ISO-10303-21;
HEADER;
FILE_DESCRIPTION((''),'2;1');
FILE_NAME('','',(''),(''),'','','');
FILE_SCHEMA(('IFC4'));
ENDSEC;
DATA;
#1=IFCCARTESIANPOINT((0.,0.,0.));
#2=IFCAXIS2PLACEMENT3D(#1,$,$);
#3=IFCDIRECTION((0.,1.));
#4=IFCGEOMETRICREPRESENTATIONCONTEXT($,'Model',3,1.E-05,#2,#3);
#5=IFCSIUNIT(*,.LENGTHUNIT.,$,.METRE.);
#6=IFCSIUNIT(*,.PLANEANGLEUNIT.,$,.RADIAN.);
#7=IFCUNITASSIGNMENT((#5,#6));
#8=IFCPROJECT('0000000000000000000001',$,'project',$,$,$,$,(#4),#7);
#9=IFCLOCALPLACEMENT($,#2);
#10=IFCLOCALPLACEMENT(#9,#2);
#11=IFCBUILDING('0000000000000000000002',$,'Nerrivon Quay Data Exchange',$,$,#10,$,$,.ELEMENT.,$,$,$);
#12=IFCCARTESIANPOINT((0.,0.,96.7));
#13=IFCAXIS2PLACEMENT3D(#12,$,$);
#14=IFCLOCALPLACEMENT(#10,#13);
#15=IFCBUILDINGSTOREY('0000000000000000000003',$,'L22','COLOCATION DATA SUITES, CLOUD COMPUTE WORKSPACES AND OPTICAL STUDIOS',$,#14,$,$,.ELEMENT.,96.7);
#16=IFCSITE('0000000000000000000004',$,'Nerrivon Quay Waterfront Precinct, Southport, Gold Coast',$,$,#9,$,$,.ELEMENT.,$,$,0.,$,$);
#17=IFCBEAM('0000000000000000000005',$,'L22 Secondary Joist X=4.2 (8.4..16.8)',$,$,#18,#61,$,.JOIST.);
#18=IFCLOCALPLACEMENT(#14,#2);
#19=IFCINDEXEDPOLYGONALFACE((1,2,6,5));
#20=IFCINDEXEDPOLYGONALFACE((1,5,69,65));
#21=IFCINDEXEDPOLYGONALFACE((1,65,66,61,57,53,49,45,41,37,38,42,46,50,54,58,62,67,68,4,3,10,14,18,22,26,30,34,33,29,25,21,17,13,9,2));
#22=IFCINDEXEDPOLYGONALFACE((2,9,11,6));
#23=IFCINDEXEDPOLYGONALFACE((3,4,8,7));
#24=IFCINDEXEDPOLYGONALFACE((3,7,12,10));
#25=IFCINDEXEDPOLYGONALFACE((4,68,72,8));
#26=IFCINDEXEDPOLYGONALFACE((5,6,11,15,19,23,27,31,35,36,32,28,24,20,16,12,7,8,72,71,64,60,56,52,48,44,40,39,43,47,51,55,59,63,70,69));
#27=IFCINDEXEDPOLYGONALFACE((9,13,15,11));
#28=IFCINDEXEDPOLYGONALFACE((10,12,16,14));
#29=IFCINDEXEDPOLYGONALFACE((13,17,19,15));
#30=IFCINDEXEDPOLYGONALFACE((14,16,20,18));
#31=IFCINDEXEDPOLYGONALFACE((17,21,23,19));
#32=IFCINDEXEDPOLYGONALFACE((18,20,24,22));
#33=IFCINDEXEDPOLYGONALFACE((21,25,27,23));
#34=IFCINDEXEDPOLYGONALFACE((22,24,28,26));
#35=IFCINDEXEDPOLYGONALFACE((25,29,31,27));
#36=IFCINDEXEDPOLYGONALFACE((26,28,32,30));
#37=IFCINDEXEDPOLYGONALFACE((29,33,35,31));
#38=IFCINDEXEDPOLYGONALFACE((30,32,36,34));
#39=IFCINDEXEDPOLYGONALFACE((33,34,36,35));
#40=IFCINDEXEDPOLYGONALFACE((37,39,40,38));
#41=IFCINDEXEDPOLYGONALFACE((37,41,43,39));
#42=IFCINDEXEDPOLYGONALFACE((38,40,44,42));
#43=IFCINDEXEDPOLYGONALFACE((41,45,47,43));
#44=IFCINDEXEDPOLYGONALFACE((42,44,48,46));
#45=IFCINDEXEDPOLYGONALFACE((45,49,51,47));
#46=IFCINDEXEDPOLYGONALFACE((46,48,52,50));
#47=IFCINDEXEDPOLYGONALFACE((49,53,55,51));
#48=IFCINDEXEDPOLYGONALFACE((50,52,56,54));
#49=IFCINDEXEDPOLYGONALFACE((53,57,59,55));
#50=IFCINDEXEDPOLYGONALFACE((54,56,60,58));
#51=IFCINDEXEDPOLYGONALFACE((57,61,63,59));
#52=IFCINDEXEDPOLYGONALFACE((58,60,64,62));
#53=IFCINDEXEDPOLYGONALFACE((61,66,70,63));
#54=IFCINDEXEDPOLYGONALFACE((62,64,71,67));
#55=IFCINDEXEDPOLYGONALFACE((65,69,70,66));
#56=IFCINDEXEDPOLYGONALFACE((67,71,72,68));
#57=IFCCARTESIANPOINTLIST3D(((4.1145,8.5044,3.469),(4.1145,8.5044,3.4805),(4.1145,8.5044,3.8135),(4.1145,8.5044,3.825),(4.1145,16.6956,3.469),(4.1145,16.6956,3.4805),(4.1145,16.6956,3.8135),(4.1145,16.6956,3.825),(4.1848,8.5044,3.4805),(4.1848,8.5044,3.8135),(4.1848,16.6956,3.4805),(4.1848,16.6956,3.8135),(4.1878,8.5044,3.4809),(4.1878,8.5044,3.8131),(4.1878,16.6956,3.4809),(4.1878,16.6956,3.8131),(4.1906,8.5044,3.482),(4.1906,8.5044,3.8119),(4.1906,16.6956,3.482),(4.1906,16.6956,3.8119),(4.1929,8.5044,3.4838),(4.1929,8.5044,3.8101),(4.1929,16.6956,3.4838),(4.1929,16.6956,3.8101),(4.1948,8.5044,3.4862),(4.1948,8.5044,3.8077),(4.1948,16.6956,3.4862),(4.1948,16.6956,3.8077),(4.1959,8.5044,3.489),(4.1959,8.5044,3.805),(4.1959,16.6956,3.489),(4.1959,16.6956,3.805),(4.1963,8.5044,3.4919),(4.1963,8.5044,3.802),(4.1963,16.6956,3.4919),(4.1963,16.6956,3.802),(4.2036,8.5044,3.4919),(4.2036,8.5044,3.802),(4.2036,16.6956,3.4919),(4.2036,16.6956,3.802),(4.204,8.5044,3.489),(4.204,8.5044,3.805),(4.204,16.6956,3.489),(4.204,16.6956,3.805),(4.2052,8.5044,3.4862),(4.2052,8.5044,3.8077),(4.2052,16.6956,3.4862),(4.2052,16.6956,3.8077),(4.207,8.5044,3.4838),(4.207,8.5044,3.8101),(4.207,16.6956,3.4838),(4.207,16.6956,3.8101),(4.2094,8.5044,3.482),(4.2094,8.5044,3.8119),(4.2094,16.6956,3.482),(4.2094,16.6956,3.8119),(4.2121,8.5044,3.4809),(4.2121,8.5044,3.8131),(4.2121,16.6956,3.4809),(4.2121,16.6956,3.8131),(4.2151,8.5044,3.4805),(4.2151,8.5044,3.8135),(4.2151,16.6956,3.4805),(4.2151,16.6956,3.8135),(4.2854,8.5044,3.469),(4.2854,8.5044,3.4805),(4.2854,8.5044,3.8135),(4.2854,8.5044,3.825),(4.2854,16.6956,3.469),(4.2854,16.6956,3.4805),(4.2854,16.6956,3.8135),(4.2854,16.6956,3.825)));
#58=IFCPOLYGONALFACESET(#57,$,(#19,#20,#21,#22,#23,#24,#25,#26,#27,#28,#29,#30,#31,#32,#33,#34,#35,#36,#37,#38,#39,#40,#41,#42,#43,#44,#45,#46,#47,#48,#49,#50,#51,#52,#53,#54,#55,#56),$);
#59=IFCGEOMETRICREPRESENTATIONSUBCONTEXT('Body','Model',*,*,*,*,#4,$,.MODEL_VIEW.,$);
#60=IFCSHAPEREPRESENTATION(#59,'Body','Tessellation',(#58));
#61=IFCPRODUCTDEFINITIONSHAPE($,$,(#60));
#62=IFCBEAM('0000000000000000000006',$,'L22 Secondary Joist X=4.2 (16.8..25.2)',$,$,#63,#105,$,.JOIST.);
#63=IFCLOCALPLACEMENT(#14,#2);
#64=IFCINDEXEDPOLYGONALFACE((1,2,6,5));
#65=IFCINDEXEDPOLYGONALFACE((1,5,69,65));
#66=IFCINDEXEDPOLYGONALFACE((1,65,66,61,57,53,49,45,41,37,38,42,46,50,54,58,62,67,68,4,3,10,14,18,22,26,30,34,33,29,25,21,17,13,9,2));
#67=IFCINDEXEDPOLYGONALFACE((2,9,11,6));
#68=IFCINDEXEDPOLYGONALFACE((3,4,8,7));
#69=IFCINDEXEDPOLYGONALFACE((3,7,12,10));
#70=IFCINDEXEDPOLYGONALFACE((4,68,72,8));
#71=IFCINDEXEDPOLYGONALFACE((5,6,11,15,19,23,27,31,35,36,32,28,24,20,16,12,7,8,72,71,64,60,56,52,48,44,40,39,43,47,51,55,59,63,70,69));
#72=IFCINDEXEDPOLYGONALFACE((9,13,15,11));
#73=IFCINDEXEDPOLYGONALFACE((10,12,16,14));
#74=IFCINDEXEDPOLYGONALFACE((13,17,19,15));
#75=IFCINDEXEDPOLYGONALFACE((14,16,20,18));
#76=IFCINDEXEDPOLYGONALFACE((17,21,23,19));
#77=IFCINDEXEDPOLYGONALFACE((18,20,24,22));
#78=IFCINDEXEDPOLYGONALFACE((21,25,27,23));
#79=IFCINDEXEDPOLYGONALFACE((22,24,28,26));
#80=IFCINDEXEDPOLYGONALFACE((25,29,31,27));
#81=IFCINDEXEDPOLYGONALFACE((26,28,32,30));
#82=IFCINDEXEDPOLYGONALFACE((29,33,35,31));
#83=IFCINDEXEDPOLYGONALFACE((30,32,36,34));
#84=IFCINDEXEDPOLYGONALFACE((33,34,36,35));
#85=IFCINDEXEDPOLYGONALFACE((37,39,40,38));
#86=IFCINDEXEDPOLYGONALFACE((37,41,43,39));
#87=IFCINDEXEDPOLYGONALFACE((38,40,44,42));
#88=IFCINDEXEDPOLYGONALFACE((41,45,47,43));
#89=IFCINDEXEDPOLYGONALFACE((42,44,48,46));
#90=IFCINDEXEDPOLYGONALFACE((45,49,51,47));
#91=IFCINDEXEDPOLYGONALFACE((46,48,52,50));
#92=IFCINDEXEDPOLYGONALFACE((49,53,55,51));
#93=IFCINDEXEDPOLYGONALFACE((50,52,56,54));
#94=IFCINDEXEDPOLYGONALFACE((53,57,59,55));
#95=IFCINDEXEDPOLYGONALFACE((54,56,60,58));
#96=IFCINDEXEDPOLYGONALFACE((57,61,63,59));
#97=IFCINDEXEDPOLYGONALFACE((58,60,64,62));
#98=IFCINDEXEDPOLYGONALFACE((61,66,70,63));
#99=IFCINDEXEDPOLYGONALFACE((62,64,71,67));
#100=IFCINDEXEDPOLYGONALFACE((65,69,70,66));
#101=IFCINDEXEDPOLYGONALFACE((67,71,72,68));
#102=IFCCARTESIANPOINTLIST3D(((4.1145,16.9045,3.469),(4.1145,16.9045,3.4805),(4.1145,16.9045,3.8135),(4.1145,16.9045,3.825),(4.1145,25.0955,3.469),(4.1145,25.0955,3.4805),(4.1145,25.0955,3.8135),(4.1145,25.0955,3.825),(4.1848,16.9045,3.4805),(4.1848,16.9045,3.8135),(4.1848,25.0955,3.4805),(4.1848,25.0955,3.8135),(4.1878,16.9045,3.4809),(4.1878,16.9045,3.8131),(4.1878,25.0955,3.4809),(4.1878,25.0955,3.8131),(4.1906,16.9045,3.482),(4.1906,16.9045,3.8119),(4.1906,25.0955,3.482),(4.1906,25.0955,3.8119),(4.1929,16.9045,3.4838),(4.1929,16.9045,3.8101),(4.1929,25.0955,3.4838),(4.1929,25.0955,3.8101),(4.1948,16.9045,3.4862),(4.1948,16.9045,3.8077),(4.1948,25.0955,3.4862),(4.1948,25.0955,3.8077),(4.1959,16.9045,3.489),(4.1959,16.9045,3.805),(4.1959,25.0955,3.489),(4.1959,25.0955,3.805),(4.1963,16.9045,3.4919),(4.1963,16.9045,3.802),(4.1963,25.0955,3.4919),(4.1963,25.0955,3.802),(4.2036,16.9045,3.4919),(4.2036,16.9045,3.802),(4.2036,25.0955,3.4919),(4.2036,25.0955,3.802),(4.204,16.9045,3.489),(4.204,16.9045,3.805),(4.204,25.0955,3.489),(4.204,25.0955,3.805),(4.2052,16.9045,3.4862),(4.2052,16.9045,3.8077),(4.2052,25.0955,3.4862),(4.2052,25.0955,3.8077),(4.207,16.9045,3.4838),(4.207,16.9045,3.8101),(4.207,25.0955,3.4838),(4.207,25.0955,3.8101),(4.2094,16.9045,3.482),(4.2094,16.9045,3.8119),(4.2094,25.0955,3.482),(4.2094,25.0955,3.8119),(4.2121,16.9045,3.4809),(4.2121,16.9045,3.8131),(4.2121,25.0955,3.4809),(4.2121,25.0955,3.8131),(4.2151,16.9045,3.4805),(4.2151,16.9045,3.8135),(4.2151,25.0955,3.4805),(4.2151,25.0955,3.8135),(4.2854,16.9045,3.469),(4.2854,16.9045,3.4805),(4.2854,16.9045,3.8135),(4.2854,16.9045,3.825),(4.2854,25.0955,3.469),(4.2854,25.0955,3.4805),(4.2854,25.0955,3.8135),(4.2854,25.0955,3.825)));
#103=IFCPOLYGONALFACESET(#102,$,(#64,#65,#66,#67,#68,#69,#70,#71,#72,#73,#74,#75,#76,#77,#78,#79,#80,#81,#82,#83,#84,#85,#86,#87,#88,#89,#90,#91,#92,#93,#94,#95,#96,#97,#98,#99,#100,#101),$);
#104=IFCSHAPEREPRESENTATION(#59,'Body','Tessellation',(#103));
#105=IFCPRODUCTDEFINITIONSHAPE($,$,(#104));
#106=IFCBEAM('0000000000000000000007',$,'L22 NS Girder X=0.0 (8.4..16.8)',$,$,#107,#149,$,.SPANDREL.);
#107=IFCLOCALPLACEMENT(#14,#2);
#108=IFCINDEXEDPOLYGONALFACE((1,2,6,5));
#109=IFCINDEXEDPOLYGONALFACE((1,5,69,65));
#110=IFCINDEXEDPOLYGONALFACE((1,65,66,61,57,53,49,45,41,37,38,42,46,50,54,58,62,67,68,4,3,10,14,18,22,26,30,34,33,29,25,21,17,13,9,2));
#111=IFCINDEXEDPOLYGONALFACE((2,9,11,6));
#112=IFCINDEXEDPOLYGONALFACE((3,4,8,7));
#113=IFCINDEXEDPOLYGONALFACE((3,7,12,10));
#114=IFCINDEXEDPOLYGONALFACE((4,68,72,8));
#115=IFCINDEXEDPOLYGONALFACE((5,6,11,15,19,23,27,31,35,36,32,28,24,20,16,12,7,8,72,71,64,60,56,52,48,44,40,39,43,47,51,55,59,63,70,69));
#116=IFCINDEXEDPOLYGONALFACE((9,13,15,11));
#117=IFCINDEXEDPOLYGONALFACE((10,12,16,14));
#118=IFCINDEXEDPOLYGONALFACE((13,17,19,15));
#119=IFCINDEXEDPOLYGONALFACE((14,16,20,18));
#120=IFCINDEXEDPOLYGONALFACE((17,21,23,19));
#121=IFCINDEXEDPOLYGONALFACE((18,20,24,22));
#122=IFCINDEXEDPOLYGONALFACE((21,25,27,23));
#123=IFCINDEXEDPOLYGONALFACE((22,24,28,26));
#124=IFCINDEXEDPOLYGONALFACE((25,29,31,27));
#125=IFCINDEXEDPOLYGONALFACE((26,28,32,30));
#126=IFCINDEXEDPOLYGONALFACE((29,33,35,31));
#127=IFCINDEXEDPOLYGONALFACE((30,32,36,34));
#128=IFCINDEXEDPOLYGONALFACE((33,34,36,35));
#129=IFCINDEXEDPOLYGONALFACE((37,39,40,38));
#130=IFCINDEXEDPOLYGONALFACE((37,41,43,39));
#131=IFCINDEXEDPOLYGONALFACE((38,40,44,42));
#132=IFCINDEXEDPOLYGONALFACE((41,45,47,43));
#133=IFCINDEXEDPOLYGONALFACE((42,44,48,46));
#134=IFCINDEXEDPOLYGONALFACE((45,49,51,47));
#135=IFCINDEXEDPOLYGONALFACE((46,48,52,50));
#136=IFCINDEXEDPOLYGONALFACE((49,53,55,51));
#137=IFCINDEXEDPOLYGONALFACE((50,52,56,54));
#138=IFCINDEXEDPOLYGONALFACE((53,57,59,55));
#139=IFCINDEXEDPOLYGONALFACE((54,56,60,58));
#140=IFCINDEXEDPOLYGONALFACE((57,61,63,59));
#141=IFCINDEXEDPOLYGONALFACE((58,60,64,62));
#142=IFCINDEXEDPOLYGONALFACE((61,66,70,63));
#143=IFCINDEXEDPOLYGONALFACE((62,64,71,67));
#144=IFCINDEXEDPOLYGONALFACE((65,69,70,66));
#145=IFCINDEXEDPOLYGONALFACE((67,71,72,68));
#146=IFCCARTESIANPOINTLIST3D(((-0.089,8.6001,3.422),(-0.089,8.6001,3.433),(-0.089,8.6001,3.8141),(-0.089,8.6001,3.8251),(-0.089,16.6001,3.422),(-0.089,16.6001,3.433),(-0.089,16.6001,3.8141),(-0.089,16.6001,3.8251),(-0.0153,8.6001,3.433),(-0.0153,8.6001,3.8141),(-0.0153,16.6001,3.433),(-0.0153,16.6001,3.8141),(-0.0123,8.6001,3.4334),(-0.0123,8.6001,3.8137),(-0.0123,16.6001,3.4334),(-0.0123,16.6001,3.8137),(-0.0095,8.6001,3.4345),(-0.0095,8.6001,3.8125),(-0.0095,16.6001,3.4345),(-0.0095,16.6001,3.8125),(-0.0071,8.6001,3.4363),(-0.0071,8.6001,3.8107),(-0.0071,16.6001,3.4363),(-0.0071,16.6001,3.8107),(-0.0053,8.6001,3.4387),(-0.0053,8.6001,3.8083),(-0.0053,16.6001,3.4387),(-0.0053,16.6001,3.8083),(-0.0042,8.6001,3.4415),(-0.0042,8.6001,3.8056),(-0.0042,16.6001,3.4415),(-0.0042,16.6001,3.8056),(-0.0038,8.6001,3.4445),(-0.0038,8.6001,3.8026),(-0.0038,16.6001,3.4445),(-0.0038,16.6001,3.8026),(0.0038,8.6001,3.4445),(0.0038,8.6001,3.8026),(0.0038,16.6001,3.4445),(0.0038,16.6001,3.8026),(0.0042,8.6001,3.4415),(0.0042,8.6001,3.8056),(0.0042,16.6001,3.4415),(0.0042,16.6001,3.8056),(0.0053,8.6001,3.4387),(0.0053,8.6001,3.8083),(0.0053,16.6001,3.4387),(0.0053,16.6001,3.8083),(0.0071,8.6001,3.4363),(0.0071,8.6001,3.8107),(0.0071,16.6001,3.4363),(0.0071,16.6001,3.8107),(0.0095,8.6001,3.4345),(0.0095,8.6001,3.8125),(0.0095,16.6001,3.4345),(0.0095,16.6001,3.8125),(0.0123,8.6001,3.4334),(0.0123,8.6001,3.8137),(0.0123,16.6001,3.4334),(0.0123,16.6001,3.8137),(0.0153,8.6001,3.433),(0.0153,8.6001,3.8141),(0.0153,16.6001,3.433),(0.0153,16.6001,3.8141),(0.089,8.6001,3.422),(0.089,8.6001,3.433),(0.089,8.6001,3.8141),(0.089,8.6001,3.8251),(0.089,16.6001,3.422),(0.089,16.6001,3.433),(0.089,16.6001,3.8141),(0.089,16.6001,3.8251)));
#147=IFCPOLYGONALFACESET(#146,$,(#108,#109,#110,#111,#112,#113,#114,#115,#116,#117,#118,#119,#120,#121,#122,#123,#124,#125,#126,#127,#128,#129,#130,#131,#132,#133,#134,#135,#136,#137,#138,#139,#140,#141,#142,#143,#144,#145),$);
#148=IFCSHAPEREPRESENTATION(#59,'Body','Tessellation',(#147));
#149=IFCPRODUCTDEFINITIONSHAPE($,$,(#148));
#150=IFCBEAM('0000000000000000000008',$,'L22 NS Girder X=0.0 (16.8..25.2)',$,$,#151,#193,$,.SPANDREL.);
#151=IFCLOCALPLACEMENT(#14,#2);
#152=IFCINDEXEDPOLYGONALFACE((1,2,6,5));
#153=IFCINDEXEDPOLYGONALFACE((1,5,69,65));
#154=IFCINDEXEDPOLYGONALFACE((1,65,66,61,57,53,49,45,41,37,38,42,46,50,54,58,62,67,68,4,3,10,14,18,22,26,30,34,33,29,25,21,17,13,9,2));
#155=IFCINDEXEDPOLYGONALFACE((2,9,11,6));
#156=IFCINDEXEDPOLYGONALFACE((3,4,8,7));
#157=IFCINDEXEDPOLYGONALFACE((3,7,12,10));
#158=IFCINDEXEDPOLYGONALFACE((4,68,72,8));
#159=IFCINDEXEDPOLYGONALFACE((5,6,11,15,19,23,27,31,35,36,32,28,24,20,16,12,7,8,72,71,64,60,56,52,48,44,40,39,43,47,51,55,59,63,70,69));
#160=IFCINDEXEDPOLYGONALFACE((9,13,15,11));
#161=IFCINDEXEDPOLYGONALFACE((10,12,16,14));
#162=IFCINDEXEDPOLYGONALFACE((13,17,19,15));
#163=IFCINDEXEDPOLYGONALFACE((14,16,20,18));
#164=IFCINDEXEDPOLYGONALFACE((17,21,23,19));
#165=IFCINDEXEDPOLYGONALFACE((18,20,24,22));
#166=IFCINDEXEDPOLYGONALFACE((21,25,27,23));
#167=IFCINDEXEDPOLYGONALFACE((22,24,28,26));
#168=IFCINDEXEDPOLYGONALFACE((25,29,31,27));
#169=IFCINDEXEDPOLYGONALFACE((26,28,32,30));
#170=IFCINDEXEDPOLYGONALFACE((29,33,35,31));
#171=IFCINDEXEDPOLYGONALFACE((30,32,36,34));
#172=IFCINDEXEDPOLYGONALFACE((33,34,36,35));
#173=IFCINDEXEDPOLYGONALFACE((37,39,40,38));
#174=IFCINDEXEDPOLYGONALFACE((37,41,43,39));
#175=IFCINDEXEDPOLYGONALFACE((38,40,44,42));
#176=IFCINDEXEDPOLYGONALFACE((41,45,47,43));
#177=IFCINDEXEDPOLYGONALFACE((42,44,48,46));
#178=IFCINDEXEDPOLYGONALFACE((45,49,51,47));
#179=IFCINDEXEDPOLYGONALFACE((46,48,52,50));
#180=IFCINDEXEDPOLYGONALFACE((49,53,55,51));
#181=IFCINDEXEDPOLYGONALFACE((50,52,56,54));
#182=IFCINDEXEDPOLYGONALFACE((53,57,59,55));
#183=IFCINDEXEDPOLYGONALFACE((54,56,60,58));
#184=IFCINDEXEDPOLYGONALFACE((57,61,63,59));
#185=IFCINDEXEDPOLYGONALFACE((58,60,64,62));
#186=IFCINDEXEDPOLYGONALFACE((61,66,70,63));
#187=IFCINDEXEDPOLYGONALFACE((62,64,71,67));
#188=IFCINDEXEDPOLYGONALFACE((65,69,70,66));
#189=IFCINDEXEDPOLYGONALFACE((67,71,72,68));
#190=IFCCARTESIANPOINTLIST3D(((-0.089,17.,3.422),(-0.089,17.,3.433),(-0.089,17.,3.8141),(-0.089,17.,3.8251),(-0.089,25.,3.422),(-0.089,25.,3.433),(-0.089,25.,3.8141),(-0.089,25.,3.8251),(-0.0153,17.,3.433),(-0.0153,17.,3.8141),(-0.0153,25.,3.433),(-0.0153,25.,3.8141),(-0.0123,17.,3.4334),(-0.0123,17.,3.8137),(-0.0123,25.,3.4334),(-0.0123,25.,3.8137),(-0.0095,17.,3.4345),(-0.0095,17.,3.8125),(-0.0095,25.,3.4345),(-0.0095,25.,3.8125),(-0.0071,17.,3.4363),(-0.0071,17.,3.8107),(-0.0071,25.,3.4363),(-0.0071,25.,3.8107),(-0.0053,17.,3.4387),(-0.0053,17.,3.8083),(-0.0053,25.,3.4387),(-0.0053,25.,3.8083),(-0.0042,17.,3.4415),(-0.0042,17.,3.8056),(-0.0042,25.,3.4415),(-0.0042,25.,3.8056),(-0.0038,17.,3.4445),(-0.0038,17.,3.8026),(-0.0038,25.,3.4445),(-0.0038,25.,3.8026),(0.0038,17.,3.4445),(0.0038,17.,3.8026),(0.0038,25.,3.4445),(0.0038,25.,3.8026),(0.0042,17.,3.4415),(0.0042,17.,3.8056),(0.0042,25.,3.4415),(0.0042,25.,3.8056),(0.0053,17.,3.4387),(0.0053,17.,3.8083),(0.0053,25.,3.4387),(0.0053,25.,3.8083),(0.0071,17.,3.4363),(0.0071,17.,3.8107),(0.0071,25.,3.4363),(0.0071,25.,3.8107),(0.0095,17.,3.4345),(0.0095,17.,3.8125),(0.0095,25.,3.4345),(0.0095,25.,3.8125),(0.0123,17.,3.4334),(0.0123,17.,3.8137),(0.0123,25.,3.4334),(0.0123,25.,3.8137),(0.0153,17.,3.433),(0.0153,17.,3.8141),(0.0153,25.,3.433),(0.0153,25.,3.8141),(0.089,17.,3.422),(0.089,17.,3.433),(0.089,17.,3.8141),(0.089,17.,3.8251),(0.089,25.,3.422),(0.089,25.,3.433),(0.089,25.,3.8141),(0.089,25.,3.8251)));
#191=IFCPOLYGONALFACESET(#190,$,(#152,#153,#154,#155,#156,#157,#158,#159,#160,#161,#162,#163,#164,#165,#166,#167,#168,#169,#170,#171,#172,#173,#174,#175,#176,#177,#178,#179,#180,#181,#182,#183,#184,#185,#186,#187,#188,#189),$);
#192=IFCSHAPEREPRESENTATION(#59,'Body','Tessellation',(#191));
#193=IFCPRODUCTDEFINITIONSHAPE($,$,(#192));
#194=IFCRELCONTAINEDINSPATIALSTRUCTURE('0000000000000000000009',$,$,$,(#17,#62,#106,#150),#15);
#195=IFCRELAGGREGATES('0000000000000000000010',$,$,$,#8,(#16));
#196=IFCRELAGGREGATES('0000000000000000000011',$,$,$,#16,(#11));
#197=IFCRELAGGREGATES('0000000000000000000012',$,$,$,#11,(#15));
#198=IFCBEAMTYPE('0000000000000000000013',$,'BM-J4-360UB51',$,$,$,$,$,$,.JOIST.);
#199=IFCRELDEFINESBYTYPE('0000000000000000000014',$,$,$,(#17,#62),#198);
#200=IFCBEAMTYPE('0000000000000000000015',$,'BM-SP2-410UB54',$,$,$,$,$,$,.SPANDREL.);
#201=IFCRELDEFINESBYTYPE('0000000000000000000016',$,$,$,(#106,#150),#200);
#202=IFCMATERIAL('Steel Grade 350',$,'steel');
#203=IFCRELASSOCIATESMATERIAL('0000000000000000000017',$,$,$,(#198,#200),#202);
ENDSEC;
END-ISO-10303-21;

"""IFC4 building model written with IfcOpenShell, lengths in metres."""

from ifc_helpers import new_model, si_unit, direction, frame, origin, origin_2d, place, context, subcontext, project, spatial, i_section, extrude, material, material_profile, profile_set, type_object, element, save


model = new_model("IFC4")

# Units and contexts
model_context = context("Model", 3, precision=1e-05, world=origin(), true_north=direction((0.0, 1.0)))
body_context = subcontext(model_context, "Body", "Model", "MODEL_VIEW")
ifc_project = project(units=[si_unit("LENGTHUNIT", "METRE"), si_unit("PLANEANGLEUNIT", "RADIAN")], contexts=[model_context])

# Site, building, storey
site_placement = place(None, origin())
site = spatial("IfcSite", under=ifc_project, at=site_placement, Name="Nerrivon Quay Waterfront Precinct, Southport, Gold Coast", CompositionType="ELEMENT", RefElevation=0.0)
building_placement = place(site_placement, origin())
building = spatial("IfcBuilding", under=site, at=building_placement, Name="Nerrivon Quay Data Exchange", CompositionType="ELEMENT")
storey_placement = place(building_placement, frame((0.0, 0.0, 96.7)))
storey = spatial("IfcBuildingStorey", under=building, at=storey_placement, Name="L22", Description="COLOCATION DATA SUITES, CLOUD COMPUTE WORKSPACES AND OPTICAL STUDIOS", CompositionType="ELEMENT", Elevation=96.7)

# Shared definitions
ifc_material_1 = material(Name="Steel Grade 350", Category="steel")

# Beams
ifc_material_profile_1 = material_profile(ifc_material_1, i_section(OverallWidth=0.1709, OverallDepth=0.356, WebThickness=0.0073, FlangeThickness=0.0115, FilletRadius=0.0115, at=origin_2d()), Name="360UB50.7")
ifc_profile_set_1 = profile_set([ifc_material_profile_1], Name="Steel Grade 350")
beam_type_1 = type_object("IfcBeamType", Name="BM-J4-360UB51", PredefinedType="JOIST", material=ifc_profile_set_1)
beam_1_placement = place(storey_placement, frame((4.2, 8.5044, 3.647), z_axis=(0.0, 1.0, 0.0), x_axis=(-1.0, 0.0, 0.0)))
element("IfcBeam", 1, at=beam_1_placement, inside=storey, type_object=beam_type_1, Name="L22 Secondary Joist X=4.2 (8.4..16.8)", PredefinedType="JOIST", context=body_context, shape_type="SweptSolid", body=[
    extrude(i_section(OverallWidth=0.1709, OverallDepth=0.356, WebThickness=0.0073, FlangeThickness=0.0115, FilletRadius=0.0115, at=origin_2d()), origin(), (0.0, 0.0, 1.0), 8.1912),
])
beam_2_placement = place(storey_placement, frame((4.2, 16.9045, 3.647), z_axis=(0.0, 1.0, 0.0), x_axis=(-1.0, 0.0, 0.0)))
element("IfcBeam", 2, at=beam_2_placement, inside=storey, type_object=beam_type_1, Name="L22 Secondary Joist X=4.2 (16.8..25.2)", PredefinedType="JOIST", context=body_context, shape_type="SweptSolid", body=[
    extrude(i_section(OverallWidth=0.1709, OverallDepth=0.356, WebThickness=0.0073, FlangeThickness=0.0115, FilletRadius=0.0115, at=origin_2d()), origin(), (0.0, 0.0, 1.0), 8.1909),
])
ifc_material_profile_2 = material_profile(ifc_material_1, i_section(OverallWidth=0.178, OverallDepth=0.4031, WebThickness=0.0076, FlangeThickness=0.011, FilletRadius=0.0115, at=origin_2d()), Name="410UB53.7")
ifc_profile_set_2 = profile_set([ifc_material_profile_2], Name="Steel Grade 350")
beam_type_2 = type_object("IfcBeamType", Name="BM-SP2-410UB54", PredefinedType="SPANDREL", material=ifc_profile_set_2)
for number, where, z_axis, x_axis, name in (
    (3, (0.0, 8.6001, 3.6235), (0.0, 1.0, 0.0), (-1.0, 0.0, 0.0), "L22 NS Girder X=0.0 (8.4..16.8)"),
    (4, (0.0, 17.0, 3.6235), (0.0, 1.0, 0.0), (-1.0, 0.0, 0.0), "L22 NS Girder X=0.0 (16.8..25.2)"),
):
    element("IfcBeam", number, at=place(storey_placement, frame(where, z_axis=z_axis, x_axis=x_axis)), inside=storey, type_object=beam_type_2, Name=name, PredefinedType="SPANDREL", context=body_context, shape_type="SweptSolid", body=[
        extrude(i_section(OverallWidth=0.178, OverallDepth=0.4031, WebThickness=0.0076, FlangeThickness=0.011, FilletRadius=0.0115, at=origin_2d()), origin(), (0.0, 0.0, 1.0), 8.0),
    ])

save(model, "model.ifc")
